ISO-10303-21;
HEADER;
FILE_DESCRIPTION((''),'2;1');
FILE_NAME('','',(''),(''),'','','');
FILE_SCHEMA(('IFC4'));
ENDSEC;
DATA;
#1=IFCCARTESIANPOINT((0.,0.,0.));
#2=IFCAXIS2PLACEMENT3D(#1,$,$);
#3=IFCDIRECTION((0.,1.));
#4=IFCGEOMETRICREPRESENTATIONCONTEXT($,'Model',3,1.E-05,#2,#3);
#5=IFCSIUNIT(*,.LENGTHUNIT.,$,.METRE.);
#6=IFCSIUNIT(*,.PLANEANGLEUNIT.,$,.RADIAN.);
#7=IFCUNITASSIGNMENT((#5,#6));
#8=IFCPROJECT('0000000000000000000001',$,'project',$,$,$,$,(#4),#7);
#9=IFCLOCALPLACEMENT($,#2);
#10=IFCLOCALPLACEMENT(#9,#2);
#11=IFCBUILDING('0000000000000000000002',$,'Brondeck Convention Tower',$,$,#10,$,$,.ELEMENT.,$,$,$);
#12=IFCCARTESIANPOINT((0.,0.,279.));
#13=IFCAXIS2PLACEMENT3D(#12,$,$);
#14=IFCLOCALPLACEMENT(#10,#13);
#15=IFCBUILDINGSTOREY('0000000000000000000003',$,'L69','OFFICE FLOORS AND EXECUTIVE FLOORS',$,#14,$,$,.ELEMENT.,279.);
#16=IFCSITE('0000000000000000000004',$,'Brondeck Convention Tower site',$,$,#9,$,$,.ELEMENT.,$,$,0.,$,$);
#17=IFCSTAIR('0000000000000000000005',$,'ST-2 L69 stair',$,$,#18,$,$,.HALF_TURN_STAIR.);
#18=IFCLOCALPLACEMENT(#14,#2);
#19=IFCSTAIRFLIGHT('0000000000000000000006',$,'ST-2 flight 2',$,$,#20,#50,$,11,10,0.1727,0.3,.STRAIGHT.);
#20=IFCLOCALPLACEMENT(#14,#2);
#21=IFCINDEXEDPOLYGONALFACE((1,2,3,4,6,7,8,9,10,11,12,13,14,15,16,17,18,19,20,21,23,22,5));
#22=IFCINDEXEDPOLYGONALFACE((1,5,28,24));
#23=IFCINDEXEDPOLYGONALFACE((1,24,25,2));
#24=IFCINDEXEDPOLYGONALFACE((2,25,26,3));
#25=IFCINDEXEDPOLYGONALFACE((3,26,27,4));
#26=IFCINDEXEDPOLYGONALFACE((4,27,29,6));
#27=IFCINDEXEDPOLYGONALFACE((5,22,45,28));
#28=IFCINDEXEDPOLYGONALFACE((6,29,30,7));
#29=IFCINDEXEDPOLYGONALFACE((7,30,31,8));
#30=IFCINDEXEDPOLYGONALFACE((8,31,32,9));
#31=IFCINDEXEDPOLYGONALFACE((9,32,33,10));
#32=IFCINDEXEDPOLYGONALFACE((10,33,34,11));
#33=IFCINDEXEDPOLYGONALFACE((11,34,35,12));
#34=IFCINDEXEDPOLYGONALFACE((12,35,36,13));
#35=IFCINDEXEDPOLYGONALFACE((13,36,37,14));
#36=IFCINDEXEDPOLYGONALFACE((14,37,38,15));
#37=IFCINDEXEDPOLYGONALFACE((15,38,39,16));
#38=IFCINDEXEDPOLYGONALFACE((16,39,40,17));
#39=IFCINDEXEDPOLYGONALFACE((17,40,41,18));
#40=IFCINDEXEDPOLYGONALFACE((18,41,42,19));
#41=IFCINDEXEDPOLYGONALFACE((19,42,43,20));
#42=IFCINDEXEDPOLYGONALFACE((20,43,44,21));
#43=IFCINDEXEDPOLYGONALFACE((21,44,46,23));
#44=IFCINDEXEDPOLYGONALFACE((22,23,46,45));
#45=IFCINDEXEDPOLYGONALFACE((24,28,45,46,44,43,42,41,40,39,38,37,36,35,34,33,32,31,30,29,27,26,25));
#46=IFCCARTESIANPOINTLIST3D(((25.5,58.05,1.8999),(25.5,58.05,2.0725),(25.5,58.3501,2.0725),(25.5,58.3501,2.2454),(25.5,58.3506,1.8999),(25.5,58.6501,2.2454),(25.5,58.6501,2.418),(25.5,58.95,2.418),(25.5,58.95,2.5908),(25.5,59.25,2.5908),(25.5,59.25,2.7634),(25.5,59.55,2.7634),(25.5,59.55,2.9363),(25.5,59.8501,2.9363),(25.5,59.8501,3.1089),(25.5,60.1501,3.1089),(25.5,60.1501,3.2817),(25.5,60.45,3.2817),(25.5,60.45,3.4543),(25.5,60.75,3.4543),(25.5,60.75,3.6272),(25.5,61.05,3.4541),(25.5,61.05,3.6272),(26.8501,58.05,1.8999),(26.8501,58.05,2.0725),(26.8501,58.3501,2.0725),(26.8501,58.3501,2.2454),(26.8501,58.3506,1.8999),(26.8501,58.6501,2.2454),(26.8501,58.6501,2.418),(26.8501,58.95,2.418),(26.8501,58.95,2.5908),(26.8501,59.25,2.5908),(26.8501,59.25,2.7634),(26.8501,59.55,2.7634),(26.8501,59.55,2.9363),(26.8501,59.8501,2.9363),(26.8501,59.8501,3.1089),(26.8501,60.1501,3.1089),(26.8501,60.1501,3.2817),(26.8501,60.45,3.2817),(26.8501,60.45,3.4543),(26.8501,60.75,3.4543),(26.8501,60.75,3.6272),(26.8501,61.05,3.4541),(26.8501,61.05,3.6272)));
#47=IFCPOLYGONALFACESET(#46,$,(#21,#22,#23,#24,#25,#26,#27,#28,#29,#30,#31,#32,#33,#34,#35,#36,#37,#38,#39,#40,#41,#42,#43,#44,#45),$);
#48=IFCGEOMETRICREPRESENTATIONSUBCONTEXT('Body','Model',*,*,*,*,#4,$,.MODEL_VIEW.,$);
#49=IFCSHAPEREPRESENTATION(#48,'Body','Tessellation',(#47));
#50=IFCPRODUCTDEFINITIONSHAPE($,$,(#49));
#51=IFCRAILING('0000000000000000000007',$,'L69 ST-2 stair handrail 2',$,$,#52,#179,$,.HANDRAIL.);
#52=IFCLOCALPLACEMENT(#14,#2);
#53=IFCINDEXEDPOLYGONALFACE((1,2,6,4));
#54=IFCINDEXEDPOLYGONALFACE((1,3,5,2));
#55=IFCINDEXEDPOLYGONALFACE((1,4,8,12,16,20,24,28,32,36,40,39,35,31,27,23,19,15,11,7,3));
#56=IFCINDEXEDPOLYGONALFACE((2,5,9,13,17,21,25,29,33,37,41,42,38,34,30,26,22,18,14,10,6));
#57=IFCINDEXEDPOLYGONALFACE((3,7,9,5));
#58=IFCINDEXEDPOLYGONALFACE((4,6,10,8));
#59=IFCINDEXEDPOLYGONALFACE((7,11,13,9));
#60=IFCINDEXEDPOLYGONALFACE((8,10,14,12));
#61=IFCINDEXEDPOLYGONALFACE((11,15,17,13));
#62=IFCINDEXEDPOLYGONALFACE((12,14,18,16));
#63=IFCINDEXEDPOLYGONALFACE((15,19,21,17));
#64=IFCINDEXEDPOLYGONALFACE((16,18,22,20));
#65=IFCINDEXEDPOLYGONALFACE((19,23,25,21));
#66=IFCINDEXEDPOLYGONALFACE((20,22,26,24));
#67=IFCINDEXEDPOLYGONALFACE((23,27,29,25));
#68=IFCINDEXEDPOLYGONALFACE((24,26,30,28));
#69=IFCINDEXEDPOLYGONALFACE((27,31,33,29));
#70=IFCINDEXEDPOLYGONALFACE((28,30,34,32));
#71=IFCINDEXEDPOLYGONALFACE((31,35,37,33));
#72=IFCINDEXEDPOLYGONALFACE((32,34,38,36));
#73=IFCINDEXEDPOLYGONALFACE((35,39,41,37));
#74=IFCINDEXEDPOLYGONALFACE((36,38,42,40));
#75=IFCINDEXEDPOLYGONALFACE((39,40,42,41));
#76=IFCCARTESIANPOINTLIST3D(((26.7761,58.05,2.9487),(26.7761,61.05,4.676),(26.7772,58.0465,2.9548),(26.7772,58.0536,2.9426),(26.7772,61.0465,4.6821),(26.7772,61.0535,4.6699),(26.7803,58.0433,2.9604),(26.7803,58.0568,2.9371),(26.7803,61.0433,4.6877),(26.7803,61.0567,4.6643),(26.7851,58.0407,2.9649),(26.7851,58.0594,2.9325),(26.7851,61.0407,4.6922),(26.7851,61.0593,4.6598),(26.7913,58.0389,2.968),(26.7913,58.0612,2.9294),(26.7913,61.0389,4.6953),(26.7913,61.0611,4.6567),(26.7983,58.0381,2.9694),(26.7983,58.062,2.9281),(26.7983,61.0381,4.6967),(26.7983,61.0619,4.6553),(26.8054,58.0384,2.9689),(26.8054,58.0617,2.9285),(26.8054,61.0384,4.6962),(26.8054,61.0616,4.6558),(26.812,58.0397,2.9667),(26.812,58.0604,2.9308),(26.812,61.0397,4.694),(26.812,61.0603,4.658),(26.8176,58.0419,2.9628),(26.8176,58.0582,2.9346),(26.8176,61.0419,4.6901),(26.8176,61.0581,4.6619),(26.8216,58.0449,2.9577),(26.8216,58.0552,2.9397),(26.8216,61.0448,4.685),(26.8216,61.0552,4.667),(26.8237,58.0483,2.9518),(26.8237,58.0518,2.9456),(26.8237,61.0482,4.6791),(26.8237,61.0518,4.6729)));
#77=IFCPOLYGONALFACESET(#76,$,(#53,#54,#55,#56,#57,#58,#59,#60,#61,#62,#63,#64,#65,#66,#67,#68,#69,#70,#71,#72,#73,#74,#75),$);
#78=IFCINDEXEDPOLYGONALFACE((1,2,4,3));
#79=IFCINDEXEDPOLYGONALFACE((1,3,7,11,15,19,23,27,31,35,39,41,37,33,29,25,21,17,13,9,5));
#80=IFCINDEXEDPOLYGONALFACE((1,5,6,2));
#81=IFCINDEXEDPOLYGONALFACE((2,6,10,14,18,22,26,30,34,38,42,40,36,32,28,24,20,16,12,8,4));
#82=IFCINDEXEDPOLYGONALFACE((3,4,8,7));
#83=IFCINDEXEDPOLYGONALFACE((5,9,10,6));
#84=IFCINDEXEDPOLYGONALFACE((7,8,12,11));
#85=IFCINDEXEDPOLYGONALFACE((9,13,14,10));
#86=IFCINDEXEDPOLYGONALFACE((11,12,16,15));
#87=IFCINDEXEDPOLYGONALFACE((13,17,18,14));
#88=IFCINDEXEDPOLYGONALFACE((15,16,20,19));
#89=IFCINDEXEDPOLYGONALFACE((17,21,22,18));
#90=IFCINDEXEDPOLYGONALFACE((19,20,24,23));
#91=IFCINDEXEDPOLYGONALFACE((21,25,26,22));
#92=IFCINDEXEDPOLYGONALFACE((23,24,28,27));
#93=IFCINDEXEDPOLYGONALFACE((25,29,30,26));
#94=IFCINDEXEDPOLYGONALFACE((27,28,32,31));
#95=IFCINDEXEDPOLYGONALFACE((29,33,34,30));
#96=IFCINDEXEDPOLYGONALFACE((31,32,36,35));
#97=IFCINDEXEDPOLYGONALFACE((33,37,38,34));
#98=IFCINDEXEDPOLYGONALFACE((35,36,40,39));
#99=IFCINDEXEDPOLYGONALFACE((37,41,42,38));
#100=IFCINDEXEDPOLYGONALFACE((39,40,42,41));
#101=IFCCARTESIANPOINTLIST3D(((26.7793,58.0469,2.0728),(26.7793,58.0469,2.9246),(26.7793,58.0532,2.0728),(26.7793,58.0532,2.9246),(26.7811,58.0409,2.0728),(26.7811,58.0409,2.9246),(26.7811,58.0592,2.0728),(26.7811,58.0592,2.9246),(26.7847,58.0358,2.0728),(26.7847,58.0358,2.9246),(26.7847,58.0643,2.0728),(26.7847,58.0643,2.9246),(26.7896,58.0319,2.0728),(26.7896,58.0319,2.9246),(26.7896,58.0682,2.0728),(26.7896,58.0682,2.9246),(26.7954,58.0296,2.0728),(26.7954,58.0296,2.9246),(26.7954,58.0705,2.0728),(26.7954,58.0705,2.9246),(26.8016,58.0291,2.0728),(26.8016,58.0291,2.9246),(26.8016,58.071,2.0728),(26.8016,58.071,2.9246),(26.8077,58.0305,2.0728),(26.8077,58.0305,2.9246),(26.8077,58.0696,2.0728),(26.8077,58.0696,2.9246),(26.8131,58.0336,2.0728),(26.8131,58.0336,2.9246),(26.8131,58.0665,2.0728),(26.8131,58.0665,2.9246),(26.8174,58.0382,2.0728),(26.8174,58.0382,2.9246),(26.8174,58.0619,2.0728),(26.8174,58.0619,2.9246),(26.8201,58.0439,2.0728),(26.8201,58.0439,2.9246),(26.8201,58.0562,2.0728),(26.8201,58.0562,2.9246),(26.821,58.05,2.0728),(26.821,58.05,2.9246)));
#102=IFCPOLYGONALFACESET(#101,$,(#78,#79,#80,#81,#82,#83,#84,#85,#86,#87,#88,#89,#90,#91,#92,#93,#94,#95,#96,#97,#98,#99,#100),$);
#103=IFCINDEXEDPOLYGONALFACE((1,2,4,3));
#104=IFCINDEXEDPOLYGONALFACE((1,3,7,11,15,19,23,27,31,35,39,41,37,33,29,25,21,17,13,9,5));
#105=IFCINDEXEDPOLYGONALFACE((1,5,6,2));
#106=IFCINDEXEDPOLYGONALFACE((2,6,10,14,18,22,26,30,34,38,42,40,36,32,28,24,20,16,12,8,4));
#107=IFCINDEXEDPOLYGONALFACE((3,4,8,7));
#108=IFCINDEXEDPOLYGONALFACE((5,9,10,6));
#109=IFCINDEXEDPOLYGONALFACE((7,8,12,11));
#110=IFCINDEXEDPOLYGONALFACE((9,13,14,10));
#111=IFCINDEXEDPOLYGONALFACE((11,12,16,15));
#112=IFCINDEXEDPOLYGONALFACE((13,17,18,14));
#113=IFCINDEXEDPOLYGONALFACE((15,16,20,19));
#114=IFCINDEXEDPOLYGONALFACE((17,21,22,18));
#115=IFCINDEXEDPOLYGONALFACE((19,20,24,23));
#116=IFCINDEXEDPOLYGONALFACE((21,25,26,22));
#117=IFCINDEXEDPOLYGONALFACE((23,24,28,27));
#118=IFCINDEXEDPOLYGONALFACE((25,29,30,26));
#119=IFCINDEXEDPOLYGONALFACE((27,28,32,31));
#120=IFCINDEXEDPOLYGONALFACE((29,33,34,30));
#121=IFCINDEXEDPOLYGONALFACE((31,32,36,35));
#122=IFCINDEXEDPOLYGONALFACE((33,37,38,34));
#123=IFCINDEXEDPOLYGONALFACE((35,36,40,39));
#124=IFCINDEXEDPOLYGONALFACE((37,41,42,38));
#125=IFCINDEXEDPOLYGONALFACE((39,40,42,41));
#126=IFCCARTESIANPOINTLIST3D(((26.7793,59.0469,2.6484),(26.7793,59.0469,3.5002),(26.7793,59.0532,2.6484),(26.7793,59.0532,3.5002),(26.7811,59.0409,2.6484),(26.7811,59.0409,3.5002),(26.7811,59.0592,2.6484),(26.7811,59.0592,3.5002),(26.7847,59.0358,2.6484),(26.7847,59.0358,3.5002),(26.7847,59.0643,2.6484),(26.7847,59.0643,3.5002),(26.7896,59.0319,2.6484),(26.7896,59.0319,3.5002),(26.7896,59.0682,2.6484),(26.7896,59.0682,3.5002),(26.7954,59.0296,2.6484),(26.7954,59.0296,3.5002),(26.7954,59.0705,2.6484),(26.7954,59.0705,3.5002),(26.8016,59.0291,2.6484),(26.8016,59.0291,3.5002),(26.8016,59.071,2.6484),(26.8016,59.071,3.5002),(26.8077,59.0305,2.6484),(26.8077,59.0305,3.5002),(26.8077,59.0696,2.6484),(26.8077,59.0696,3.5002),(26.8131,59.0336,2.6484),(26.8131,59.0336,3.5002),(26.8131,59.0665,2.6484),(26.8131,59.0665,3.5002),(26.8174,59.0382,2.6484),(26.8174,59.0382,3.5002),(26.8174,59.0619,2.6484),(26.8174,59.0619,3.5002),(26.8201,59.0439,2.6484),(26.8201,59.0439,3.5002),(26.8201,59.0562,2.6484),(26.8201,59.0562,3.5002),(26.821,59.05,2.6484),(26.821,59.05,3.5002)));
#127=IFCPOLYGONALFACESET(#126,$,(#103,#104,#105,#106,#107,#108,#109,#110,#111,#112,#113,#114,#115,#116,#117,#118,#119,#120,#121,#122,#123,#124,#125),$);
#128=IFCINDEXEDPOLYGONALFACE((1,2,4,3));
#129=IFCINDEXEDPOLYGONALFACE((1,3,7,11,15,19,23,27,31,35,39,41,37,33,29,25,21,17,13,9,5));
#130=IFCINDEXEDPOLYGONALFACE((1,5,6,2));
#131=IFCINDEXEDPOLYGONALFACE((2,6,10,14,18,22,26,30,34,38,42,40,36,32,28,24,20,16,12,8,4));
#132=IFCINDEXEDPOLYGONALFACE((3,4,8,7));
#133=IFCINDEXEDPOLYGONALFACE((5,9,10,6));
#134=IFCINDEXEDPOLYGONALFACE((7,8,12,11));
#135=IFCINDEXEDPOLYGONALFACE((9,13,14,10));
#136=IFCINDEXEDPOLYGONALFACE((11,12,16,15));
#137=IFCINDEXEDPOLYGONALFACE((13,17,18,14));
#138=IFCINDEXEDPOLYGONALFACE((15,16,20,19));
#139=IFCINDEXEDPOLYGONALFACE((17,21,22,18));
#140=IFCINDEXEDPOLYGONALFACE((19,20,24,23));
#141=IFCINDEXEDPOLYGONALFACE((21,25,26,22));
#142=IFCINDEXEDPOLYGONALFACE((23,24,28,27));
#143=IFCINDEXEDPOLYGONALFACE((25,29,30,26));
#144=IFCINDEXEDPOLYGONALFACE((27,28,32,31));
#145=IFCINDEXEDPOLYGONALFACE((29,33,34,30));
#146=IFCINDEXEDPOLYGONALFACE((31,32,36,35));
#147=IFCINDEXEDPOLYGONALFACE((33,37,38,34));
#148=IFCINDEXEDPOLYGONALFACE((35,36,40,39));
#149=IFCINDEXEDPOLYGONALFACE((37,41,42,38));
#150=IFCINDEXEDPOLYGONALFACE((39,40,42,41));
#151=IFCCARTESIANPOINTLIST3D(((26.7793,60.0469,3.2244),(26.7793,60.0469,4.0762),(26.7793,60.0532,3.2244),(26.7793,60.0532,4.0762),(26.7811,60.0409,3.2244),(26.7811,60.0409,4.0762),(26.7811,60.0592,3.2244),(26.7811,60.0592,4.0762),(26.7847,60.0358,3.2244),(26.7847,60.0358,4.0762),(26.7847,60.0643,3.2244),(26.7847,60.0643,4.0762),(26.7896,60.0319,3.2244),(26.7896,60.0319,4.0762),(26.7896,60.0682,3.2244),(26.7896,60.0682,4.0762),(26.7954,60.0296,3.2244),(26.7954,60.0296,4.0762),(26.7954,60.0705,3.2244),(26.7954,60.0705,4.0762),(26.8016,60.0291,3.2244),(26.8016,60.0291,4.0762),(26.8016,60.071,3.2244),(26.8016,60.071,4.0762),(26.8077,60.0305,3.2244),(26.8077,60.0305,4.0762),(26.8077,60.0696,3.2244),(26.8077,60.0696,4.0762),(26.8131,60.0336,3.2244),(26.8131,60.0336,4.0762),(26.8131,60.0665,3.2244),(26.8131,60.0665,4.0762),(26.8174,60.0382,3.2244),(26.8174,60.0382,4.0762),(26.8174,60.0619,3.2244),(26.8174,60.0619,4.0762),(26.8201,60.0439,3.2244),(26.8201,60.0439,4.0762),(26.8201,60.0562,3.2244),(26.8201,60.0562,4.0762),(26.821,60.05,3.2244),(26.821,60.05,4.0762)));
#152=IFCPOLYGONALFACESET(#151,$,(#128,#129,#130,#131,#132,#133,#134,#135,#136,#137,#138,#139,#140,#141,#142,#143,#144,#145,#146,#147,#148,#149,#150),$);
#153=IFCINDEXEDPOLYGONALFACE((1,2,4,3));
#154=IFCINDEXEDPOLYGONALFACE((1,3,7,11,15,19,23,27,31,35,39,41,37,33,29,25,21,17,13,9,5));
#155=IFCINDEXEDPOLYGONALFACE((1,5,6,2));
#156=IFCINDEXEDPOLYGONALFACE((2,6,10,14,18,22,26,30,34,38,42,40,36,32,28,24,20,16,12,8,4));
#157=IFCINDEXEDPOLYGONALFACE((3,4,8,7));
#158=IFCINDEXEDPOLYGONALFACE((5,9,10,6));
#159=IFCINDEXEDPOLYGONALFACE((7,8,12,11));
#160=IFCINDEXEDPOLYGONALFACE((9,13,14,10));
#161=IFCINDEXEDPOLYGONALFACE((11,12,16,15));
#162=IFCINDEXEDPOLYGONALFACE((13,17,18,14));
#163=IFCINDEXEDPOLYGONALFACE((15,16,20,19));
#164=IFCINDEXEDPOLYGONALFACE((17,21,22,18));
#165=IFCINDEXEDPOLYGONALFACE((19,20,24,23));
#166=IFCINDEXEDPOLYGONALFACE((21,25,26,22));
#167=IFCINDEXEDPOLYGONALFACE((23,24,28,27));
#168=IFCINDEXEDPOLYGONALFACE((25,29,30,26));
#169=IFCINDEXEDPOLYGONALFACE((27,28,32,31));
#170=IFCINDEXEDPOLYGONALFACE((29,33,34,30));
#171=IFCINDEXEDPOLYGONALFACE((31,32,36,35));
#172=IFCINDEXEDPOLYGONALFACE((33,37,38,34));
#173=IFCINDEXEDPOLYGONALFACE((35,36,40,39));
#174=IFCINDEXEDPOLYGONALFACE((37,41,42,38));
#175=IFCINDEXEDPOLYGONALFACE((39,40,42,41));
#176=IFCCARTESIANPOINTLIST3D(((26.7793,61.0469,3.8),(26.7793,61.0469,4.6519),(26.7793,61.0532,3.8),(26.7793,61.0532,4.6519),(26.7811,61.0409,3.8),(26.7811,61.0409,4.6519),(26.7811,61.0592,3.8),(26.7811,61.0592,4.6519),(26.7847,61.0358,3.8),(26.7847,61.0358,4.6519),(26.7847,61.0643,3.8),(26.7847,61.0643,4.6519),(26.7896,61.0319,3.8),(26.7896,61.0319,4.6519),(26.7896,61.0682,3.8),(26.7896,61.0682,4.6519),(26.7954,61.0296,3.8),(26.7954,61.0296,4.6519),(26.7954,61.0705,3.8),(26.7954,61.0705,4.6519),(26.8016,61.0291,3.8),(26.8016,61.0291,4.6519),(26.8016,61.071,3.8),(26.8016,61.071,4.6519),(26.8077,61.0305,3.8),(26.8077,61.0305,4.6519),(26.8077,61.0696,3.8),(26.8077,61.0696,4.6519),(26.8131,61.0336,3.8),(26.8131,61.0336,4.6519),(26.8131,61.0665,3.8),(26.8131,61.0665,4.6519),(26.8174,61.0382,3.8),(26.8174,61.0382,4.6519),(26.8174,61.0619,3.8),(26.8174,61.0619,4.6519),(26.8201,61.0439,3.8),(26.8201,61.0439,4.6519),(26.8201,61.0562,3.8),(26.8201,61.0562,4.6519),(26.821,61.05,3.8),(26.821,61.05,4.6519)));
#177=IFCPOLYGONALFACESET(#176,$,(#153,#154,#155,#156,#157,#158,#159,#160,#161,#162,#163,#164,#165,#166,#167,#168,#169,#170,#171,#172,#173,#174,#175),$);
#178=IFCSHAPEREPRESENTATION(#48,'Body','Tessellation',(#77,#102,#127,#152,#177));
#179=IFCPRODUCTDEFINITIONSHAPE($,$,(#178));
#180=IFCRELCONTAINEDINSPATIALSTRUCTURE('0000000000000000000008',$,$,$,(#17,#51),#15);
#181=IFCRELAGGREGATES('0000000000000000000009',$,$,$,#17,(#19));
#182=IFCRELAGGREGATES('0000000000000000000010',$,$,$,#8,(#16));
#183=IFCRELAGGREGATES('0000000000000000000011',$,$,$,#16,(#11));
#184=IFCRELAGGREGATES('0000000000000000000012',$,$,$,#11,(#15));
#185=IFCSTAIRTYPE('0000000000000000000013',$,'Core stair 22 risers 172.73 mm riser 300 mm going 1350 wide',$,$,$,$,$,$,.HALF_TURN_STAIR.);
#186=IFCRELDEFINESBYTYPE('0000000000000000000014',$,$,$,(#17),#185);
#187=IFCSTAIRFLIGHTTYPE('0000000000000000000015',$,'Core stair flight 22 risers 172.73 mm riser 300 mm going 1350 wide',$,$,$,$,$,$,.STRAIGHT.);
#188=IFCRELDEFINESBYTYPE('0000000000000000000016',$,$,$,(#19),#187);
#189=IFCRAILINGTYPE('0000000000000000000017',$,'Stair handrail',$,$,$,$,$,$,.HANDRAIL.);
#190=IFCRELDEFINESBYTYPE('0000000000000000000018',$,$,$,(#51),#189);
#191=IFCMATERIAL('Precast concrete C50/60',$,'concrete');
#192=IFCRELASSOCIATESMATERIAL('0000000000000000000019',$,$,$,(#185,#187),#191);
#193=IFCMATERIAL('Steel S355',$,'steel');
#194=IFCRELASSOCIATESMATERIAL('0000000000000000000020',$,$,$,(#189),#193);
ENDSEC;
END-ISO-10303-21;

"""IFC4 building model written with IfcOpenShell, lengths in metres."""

from ifc_helpers import new_model, si_unit, direction, frame, origin, origin_2d, place, context, subcontext, project, spatial, polyline, circle, outline, extrude, material, type_object, element, aggregate, save


model = new_model("IFC4")

# Units and contexts
model_context = context("Model", 3, precision=1e-05, world=origin(), true_north=direction((0.0, 1.0)))
body_context = subcontext(model_context, "Body", "Model", "MODEL_VIEW")
ifc_project = project(units=[si_unit("LENGTHUNIT", "METRE"), si_unit("PLANEANGLEUNIT", "RADIAN")], contexts=[model_context])

# Site, building, storey
site_placement = place(None, origin())
site = spatial("IfcSite", under=ifc_project, at=site_placement, Name="Brondeck Convention Tower site", CompositionType="ELEMENT", RefElevation=0.0)
building_placement = place(site_placement, origin())
building = spatial("IfcBuilding", under=site, at=building_placement, Name="Brondeck Convention Tower", CompositionType="ELEMENT")
storey_placement = place(building_placement, frame((0.0, 0.0, 279.0)))
storey = spatial("IfcBuildingStorey", under=building, at=storey_placement, Name="L69", Description="OFFICE FLOORS AND EXECUTIVE FLOORS", CompositionType="ELEMENT", Elevation=279.0)

# Stair, stair flight
ifc_material_1 = material(Name="Precast concrete C50/60", Category="concrete")
stair_type = type_object("IfcStairType", Name="Core stair 22 risers 172.73 mm riser 300 mm going 1350 wide", PredefinedType="HALF_TURN_STAIR", material=ifc_material_1)
stair_placement = place(storey_placement, origin())
stair = element("IfcStair", 1, at=stair_placement, inside=storey, type_object=stair_type, Name="ST-2 L69 stair", PredefinedType="HALF_TURN_STAIR")
stair_flight_type = type_object("IfcStairFlightType", Name="Core stair flight 22 risers 172.73 mm riser 300 mm going 1350 wide", PredefinedType="STRAIGHT", material=ifc_material_1)
stair_flight_placement = place(storey_placement, frame((26.175, 58.05, 1.8999), z_axis=(0.0, 0.0, 1.0), x_axis=(0.0, 1.0, 0.0)))
stair_flight = element("IfcStairFlight", 2, at=stair_flight_placement, type_object=stair_flight_type, Name="ST-2 flight 2", NumberOfRisers=11, NumberOfTreads=10, PredefinedType="STRAIGHT", RiserHeight=0.1727, TreadLength=0.3, context=body_context, shape_type="SweptSolid", body=[
    extrude(outline(polyline([(0.0, 0.0), (0.0, 0.1726), (0.3, 0.1726), (0.3, 0.3455), (0.6001, 0.3455), (0.6001, 0.5181), (0.8999, 0.5181), (0.8999, 0.6909), (1.2, 0.6909), (1.2, 0.8635), (1.5, 0.8635), (1.5, 1.0364), (1.8, 1.0364), (1.8, 1.209), (2.1001, 1.209), (2.1001, 1.3818), (2.3999, 1.3818), (2.3999, 1.5544), (2.7, 1.5544), (2.7, 1.7273), (3.0, 1.7273), (3.0, 1.8999), (3.0, 1.5542), (0.3005, 0.0), (0.0, 0.0)])), frame((0.0, 0.675, 0.0), z_axis=(0.0, -1.0, 0.0), x_axis=(1.0, 0.0, 0.0)), (0.0, 0.0, 1.0), 1.3501),
])
aggregate(stair, [stair_flight])

# Railing
ifc_material_2 = material(Name="Steel S355", Category="steel")
railing_type = type_object("IfcRailingType", Name="Stair handrail", PredefinedType="HANDRAIL", material=ifc_material_2)
railing_placement = place(storey_placement, frame((26.8, 58.05, 2.0728)))
element("IfcRailing", 3, at=railing_placement, inside=storey, type_object=railing_type, Name="L69 ST-2 stair handrail 2", PredefinedType="HANDRAIL", context=body_context, shape_type="SweptSolid", body=[
    extrude(circle(Radius=0.0239, at=origin_2d()), frame((0.0, 0.0, 0.876), z_axis=(0.0, 0.86662, 0.498969), x_axis=(-1.0, 0.0, 0.0)), (0.0, 0.0, 1.0), 3.4617),
    extrude(circle(Radius=0.021, at=origin_2d()), origin(), (0.0, 0.0, 1.0), 0.8518),
    extrude(circle(Radius=0.021, at=origin_2d()), frame((0.0, 1.0, 0.5757)), (0.0, 0.0, 1.0), 0.8518),
    extrude(circle(Radius=0.021, at=origin_2d()), frame((0.0, 2.0, 1.1516)), (0.0, 0.0, 1.0), 0.8518),
    extrude(circle(Radius=0.021, at=origin_2d()), frame((0.0, 3.0, 1.7273)), (0.0, 0.0, 1.0), 0.8518),
])

save(model, "model.ifc")
